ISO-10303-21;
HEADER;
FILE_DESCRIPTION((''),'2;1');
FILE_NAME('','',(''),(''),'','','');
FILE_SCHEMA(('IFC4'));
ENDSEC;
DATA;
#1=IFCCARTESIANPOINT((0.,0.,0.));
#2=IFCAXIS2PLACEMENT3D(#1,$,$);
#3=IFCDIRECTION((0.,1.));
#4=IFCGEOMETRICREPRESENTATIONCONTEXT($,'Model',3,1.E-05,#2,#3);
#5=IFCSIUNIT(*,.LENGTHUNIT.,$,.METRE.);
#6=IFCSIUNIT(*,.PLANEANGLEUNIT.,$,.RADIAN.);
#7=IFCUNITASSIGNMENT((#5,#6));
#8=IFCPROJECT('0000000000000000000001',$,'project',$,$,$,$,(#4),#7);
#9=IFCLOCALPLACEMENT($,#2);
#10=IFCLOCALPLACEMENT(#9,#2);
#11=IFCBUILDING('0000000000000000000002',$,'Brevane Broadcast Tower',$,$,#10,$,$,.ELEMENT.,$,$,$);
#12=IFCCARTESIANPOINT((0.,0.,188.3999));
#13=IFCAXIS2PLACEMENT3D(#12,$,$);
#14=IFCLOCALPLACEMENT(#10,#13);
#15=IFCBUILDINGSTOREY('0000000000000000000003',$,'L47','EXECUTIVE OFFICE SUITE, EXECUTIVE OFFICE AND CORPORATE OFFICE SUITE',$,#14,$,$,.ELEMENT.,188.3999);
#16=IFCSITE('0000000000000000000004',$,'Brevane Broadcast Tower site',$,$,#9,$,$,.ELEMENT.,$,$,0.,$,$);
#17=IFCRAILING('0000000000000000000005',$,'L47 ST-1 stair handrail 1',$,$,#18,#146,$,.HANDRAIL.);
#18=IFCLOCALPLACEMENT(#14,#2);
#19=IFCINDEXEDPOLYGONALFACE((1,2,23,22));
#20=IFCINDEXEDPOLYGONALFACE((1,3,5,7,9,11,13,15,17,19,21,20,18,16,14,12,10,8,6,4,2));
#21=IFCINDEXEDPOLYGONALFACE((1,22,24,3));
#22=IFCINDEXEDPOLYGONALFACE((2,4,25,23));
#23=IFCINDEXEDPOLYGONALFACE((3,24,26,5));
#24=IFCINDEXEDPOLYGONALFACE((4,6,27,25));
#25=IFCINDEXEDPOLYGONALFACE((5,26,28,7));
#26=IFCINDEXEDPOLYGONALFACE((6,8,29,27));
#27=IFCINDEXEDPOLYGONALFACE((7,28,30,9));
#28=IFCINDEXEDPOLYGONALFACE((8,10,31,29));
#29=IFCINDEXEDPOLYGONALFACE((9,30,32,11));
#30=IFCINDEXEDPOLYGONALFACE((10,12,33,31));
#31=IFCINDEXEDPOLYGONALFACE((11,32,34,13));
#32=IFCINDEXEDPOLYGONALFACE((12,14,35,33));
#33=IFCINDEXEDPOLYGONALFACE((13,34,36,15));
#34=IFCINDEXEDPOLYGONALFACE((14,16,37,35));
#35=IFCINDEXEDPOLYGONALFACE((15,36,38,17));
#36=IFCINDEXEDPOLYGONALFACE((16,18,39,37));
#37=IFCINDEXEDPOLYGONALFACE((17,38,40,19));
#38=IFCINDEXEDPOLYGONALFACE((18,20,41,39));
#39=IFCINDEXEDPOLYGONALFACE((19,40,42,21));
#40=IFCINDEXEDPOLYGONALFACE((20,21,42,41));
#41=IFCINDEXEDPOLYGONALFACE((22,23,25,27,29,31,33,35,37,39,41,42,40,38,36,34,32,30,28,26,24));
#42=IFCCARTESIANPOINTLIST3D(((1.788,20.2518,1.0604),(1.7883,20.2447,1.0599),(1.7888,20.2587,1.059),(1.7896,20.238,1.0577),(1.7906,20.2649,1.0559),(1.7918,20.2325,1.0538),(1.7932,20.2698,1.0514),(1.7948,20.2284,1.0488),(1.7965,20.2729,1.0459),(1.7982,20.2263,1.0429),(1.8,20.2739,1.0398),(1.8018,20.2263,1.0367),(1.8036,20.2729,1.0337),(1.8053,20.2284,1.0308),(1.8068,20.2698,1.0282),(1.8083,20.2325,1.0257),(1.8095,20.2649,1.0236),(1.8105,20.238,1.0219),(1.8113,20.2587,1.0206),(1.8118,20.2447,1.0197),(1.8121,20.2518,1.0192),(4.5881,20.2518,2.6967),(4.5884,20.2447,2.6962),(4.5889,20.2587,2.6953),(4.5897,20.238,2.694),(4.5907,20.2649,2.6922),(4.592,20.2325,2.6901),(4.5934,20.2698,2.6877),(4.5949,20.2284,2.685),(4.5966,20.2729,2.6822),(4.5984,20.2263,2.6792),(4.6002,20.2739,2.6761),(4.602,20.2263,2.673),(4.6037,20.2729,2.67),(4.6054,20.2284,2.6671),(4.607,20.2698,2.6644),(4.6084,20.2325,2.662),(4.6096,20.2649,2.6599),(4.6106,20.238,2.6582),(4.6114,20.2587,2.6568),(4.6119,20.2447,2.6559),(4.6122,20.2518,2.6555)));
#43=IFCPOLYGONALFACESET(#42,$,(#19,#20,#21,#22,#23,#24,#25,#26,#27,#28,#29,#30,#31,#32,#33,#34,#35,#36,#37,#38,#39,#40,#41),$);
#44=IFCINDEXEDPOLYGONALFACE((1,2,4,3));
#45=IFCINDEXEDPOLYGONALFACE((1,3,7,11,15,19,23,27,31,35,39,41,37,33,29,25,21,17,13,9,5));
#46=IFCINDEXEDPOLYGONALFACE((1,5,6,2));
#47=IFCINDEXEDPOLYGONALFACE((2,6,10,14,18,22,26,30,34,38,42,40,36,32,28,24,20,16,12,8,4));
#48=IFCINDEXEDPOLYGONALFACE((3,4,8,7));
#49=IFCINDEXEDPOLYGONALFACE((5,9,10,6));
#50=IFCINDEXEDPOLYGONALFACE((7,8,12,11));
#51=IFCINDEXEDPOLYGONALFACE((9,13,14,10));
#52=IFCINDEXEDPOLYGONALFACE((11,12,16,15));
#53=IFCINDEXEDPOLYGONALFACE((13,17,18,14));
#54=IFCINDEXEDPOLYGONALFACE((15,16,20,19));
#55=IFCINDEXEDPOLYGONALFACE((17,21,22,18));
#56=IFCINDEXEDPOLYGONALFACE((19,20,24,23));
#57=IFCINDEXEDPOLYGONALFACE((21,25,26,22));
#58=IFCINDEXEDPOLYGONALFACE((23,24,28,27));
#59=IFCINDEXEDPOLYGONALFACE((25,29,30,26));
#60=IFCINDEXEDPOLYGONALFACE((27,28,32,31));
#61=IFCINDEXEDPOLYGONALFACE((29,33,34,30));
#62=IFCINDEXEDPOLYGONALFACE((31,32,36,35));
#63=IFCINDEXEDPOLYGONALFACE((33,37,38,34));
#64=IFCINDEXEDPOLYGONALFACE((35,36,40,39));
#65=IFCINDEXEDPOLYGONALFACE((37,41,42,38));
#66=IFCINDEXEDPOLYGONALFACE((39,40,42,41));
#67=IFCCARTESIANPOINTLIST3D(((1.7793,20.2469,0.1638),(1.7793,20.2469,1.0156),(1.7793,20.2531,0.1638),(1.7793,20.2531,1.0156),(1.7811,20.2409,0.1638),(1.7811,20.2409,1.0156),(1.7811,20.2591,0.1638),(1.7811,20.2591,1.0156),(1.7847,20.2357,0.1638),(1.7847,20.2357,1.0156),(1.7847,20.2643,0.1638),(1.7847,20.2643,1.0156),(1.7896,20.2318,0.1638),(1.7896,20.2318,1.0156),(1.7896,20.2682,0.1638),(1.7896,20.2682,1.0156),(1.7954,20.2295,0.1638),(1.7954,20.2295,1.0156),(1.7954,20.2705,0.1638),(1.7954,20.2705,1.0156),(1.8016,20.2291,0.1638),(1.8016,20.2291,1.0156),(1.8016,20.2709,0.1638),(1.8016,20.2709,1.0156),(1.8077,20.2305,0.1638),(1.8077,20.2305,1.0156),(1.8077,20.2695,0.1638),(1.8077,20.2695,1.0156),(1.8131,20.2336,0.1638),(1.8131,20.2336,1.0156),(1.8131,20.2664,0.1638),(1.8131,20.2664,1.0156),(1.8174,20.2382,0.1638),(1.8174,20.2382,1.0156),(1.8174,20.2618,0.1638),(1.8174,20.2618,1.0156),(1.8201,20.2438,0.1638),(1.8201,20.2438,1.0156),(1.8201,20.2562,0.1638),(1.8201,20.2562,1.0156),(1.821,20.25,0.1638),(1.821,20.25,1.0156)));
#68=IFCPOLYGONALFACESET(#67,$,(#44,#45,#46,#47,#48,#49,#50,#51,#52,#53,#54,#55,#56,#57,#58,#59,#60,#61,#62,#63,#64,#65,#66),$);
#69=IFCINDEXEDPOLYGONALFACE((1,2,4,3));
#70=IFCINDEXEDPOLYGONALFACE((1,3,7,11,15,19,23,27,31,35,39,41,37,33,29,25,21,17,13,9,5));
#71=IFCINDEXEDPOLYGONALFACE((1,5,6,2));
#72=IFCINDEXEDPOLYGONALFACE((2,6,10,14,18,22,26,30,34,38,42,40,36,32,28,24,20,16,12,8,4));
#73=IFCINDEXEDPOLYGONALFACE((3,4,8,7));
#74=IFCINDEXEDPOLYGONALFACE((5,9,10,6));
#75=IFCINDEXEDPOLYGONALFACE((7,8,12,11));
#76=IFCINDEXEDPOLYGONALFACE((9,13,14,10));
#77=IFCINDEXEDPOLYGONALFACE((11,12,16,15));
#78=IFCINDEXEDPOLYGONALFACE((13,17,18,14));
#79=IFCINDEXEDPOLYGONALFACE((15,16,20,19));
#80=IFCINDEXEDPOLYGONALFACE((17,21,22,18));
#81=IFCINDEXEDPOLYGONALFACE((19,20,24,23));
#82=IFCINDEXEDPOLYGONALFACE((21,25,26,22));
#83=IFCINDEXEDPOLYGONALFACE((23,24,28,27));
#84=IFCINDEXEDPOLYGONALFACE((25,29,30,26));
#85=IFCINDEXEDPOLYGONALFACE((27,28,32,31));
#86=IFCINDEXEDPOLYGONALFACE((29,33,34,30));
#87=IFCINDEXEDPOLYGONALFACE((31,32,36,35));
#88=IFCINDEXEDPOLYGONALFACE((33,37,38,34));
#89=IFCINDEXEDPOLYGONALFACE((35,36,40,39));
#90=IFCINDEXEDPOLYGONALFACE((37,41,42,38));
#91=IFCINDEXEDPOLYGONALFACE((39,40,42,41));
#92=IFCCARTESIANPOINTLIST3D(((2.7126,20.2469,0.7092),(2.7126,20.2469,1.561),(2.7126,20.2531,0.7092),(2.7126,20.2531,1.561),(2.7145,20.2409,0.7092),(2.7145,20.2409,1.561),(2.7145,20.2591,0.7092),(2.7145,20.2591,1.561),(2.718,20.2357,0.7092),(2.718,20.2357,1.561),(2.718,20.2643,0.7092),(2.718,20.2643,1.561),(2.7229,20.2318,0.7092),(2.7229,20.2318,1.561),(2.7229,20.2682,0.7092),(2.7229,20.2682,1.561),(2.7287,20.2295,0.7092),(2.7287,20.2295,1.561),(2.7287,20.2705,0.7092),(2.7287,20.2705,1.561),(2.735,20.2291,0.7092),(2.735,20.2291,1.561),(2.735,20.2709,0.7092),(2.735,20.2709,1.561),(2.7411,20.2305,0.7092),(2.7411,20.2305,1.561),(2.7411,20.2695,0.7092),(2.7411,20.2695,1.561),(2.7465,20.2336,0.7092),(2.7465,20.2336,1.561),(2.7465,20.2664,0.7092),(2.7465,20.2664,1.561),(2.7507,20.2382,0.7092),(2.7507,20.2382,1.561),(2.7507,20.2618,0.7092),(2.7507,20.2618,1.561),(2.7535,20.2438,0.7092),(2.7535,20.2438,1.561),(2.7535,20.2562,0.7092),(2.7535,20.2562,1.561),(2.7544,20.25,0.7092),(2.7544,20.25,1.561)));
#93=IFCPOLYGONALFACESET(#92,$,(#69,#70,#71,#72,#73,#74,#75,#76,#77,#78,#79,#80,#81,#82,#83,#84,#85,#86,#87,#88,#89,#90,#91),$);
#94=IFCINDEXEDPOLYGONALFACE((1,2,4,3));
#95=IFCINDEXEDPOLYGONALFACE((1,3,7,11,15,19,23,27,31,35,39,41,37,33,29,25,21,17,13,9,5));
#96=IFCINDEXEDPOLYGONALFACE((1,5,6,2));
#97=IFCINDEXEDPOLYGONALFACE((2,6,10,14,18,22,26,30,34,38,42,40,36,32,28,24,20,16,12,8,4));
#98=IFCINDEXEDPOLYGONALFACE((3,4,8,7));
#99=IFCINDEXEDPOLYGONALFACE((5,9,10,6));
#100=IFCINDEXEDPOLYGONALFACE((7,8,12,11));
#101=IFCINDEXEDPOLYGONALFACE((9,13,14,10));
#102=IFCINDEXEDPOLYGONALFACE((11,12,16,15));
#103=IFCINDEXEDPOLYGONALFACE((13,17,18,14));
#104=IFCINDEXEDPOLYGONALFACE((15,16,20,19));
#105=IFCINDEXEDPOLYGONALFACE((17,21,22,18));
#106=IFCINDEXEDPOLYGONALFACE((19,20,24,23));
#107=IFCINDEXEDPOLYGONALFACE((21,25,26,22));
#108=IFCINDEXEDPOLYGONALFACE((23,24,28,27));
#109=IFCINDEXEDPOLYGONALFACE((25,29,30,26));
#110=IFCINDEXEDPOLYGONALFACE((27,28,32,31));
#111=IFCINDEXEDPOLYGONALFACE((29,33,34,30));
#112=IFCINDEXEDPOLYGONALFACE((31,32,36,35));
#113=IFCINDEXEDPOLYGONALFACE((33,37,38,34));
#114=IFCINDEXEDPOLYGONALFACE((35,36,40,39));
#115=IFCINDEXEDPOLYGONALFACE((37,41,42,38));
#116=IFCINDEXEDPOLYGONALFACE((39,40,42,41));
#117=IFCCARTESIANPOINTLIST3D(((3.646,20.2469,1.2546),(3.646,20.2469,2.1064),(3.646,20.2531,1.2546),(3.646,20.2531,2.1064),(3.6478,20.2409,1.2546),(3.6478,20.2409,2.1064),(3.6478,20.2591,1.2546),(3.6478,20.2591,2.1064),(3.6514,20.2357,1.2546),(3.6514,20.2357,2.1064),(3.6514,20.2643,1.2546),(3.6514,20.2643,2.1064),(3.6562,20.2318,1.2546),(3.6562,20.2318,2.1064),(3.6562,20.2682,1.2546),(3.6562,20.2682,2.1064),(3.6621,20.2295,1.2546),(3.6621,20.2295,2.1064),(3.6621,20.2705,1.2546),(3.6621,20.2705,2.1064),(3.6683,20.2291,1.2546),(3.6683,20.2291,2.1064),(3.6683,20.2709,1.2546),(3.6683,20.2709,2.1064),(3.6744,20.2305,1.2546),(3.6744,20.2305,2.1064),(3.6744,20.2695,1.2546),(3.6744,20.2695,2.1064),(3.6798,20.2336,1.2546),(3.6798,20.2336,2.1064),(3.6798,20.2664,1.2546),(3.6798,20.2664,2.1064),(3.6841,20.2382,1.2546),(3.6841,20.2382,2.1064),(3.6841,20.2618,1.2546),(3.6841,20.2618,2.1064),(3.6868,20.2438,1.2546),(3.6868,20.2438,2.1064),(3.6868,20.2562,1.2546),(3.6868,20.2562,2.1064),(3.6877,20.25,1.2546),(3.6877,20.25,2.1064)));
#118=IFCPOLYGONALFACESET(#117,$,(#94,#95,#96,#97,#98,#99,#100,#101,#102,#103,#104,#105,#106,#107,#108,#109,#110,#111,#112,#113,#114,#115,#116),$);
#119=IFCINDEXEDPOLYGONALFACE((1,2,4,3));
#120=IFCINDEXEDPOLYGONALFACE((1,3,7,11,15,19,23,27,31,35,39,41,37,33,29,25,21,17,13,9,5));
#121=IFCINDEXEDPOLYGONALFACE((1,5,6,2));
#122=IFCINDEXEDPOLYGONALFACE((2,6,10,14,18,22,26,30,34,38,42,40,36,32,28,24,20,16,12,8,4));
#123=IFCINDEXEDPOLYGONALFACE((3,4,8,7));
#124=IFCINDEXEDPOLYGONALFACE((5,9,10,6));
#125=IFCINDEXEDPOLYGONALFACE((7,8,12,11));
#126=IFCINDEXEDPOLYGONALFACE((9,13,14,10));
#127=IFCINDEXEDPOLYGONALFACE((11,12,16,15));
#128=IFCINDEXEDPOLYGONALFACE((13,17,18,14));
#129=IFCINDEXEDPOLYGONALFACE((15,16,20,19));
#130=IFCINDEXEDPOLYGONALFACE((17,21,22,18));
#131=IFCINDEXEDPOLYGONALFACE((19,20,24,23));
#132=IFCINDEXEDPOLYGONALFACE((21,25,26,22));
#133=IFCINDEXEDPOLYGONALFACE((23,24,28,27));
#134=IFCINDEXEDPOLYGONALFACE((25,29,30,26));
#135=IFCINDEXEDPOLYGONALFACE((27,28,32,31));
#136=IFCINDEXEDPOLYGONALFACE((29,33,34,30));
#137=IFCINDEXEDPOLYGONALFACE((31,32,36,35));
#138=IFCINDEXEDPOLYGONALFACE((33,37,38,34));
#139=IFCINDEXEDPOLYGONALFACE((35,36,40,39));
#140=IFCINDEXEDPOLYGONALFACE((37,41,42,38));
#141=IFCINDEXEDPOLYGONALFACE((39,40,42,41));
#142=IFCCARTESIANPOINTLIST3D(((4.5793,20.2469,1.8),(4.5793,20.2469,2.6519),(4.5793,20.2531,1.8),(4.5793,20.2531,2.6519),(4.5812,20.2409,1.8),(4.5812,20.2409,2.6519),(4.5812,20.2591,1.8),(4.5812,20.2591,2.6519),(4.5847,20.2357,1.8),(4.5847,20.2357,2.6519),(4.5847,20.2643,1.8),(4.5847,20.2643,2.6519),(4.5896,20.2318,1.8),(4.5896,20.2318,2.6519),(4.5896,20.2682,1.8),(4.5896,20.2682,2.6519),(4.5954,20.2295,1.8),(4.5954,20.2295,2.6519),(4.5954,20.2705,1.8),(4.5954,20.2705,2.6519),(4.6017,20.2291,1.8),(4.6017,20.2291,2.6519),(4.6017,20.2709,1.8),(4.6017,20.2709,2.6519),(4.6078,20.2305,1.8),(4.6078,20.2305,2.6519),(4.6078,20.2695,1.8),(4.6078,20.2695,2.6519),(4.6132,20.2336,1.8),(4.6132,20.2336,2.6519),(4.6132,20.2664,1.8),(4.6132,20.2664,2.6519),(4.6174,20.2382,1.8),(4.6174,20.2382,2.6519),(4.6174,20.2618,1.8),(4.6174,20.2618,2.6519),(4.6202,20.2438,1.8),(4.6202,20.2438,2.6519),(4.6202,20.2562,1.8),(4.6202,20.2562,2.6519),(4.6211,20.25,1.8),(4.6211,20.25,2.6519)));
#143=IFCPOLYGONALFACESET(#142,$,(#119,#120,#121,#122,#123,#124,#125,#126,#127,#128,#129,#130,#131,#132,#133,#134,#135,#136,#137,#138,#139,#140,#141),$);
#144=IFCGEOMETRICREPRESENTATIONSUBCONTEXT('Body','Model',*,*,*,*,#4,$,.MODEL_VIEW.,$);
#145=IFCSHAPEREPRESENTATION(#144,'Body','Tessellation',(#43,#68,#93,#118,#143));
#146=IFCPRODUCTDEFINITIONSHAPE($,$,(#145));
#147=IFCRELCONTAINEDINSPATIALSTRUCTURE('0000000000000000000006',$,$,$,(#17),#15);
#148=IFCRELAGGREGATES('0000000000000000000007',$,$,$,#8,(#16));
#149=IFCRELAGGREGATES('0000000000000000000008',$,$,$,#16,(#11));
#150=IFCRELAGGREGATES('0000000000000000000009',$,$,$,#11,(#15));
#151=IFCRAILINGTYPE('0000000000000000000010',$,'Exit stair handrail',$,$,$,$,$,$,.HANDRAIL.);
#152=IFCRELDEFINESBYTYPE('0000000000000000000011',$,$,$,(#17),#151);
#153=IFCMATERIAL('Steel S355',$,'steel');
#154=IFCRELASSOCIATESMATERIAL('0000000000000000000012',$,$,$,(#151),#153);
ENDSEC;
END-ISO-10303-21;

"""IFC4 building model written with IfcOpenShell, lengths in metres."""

from ifc_helpers import new_model, si_unit, direction, frame, origin, origin_2d, place, context, subcontext, project, spatial, circle, extrude, material, type_object, element, save


model = new_model("IFC4")

# Units and contexts
model_context = context("Model", 3, precision=1e-05, world=origin(), true_north=direction((0.0, 1.0)))
body_context = subcontext(model_context, "Body", "Model", "MODEL_VIEW")
ifc_project = project(units=[si_unit("LENGTHUNIT", "METRE"), si_unit("PLANEANGLEUNIT", "RADIAN")], contexts=[model_context])

# Site, building, storey
site_placement = place(None, origin())
site = spatial("IfcSite", under=ifc_project, at=site_placement, Name="Brevane Broadcast Tower site", CompositionType="ELEMENT", RefElevation=0.0)
building_placement = place(site_placement, origin())
building = spatial("IfcBuilding", under=site, at=building_placement, Name="Brevane Broadcast Tower", CompositionType="ELEMENT")
storey_placement = place(building_placement, frame((0.0, 0.0, 188.3999)))
storey = spatial("IfcBuildingStorey", under=building, at=storey_placement, Name="L47", Description="EXECUTIVE OFFICE SUITE, EXECUTIVE OFFICE AND CORPORATE OFFICE SUITE", CompositionType="ELEMENT", Elevation=188.3999)

# Railing
ifc_material_1 = material(Name="Steel S355", Category="steel")
railing_type_1 = type_object("IfcRailingType", Name="Exit stair handrail", PredefinedType="HANDRAIL", material=ifc_material_1)
railing_1_placement = place(storey_placement, frame((1.8, 20.25, 0.1638)))
element("IfcRailing", 1, at=railing_1_placement, inside=storey, type_object=railing_type_1, Name="L47 ST-1 stair handrail 1", PredefinedType="HANDRAIL", context=body_context, shape_type="SweptSolid", body=[
    extrude(circle(Radius=0.0239, at=origin_2d()), frame((0.0, 0.0, 0.876), z_axis=(0.863394, 0.0, 0.504531), x_axis=(0.0, 1.0, 0.0)), (0.0, 0.0, 1.0), 3.2432),
    extrude(circle(Radius=0.021, at=origin_2d()), origin(), (0.0, 0.0, 1.0), 0.8518),
    extrude(circle(Radius=0.021, at=origin_2d()), frame((0.9333, 0.0, 0.5454)), (0.0, 0.0, 1.0), 0.8518),
    extrude(circle(Radius=0.021, at=origin_2d()), frame((1.8667, 0.0, 1.0908)), (0.0, 0.0, 1.0), 0.8518),
    extrude(circle(Radius=0.021, at=origin_2d()), frame((2.8, 0.0, 1.6362)), (0.0, 0.0, 1.0), 0.8518),
])

save(model, "model.ifc")
